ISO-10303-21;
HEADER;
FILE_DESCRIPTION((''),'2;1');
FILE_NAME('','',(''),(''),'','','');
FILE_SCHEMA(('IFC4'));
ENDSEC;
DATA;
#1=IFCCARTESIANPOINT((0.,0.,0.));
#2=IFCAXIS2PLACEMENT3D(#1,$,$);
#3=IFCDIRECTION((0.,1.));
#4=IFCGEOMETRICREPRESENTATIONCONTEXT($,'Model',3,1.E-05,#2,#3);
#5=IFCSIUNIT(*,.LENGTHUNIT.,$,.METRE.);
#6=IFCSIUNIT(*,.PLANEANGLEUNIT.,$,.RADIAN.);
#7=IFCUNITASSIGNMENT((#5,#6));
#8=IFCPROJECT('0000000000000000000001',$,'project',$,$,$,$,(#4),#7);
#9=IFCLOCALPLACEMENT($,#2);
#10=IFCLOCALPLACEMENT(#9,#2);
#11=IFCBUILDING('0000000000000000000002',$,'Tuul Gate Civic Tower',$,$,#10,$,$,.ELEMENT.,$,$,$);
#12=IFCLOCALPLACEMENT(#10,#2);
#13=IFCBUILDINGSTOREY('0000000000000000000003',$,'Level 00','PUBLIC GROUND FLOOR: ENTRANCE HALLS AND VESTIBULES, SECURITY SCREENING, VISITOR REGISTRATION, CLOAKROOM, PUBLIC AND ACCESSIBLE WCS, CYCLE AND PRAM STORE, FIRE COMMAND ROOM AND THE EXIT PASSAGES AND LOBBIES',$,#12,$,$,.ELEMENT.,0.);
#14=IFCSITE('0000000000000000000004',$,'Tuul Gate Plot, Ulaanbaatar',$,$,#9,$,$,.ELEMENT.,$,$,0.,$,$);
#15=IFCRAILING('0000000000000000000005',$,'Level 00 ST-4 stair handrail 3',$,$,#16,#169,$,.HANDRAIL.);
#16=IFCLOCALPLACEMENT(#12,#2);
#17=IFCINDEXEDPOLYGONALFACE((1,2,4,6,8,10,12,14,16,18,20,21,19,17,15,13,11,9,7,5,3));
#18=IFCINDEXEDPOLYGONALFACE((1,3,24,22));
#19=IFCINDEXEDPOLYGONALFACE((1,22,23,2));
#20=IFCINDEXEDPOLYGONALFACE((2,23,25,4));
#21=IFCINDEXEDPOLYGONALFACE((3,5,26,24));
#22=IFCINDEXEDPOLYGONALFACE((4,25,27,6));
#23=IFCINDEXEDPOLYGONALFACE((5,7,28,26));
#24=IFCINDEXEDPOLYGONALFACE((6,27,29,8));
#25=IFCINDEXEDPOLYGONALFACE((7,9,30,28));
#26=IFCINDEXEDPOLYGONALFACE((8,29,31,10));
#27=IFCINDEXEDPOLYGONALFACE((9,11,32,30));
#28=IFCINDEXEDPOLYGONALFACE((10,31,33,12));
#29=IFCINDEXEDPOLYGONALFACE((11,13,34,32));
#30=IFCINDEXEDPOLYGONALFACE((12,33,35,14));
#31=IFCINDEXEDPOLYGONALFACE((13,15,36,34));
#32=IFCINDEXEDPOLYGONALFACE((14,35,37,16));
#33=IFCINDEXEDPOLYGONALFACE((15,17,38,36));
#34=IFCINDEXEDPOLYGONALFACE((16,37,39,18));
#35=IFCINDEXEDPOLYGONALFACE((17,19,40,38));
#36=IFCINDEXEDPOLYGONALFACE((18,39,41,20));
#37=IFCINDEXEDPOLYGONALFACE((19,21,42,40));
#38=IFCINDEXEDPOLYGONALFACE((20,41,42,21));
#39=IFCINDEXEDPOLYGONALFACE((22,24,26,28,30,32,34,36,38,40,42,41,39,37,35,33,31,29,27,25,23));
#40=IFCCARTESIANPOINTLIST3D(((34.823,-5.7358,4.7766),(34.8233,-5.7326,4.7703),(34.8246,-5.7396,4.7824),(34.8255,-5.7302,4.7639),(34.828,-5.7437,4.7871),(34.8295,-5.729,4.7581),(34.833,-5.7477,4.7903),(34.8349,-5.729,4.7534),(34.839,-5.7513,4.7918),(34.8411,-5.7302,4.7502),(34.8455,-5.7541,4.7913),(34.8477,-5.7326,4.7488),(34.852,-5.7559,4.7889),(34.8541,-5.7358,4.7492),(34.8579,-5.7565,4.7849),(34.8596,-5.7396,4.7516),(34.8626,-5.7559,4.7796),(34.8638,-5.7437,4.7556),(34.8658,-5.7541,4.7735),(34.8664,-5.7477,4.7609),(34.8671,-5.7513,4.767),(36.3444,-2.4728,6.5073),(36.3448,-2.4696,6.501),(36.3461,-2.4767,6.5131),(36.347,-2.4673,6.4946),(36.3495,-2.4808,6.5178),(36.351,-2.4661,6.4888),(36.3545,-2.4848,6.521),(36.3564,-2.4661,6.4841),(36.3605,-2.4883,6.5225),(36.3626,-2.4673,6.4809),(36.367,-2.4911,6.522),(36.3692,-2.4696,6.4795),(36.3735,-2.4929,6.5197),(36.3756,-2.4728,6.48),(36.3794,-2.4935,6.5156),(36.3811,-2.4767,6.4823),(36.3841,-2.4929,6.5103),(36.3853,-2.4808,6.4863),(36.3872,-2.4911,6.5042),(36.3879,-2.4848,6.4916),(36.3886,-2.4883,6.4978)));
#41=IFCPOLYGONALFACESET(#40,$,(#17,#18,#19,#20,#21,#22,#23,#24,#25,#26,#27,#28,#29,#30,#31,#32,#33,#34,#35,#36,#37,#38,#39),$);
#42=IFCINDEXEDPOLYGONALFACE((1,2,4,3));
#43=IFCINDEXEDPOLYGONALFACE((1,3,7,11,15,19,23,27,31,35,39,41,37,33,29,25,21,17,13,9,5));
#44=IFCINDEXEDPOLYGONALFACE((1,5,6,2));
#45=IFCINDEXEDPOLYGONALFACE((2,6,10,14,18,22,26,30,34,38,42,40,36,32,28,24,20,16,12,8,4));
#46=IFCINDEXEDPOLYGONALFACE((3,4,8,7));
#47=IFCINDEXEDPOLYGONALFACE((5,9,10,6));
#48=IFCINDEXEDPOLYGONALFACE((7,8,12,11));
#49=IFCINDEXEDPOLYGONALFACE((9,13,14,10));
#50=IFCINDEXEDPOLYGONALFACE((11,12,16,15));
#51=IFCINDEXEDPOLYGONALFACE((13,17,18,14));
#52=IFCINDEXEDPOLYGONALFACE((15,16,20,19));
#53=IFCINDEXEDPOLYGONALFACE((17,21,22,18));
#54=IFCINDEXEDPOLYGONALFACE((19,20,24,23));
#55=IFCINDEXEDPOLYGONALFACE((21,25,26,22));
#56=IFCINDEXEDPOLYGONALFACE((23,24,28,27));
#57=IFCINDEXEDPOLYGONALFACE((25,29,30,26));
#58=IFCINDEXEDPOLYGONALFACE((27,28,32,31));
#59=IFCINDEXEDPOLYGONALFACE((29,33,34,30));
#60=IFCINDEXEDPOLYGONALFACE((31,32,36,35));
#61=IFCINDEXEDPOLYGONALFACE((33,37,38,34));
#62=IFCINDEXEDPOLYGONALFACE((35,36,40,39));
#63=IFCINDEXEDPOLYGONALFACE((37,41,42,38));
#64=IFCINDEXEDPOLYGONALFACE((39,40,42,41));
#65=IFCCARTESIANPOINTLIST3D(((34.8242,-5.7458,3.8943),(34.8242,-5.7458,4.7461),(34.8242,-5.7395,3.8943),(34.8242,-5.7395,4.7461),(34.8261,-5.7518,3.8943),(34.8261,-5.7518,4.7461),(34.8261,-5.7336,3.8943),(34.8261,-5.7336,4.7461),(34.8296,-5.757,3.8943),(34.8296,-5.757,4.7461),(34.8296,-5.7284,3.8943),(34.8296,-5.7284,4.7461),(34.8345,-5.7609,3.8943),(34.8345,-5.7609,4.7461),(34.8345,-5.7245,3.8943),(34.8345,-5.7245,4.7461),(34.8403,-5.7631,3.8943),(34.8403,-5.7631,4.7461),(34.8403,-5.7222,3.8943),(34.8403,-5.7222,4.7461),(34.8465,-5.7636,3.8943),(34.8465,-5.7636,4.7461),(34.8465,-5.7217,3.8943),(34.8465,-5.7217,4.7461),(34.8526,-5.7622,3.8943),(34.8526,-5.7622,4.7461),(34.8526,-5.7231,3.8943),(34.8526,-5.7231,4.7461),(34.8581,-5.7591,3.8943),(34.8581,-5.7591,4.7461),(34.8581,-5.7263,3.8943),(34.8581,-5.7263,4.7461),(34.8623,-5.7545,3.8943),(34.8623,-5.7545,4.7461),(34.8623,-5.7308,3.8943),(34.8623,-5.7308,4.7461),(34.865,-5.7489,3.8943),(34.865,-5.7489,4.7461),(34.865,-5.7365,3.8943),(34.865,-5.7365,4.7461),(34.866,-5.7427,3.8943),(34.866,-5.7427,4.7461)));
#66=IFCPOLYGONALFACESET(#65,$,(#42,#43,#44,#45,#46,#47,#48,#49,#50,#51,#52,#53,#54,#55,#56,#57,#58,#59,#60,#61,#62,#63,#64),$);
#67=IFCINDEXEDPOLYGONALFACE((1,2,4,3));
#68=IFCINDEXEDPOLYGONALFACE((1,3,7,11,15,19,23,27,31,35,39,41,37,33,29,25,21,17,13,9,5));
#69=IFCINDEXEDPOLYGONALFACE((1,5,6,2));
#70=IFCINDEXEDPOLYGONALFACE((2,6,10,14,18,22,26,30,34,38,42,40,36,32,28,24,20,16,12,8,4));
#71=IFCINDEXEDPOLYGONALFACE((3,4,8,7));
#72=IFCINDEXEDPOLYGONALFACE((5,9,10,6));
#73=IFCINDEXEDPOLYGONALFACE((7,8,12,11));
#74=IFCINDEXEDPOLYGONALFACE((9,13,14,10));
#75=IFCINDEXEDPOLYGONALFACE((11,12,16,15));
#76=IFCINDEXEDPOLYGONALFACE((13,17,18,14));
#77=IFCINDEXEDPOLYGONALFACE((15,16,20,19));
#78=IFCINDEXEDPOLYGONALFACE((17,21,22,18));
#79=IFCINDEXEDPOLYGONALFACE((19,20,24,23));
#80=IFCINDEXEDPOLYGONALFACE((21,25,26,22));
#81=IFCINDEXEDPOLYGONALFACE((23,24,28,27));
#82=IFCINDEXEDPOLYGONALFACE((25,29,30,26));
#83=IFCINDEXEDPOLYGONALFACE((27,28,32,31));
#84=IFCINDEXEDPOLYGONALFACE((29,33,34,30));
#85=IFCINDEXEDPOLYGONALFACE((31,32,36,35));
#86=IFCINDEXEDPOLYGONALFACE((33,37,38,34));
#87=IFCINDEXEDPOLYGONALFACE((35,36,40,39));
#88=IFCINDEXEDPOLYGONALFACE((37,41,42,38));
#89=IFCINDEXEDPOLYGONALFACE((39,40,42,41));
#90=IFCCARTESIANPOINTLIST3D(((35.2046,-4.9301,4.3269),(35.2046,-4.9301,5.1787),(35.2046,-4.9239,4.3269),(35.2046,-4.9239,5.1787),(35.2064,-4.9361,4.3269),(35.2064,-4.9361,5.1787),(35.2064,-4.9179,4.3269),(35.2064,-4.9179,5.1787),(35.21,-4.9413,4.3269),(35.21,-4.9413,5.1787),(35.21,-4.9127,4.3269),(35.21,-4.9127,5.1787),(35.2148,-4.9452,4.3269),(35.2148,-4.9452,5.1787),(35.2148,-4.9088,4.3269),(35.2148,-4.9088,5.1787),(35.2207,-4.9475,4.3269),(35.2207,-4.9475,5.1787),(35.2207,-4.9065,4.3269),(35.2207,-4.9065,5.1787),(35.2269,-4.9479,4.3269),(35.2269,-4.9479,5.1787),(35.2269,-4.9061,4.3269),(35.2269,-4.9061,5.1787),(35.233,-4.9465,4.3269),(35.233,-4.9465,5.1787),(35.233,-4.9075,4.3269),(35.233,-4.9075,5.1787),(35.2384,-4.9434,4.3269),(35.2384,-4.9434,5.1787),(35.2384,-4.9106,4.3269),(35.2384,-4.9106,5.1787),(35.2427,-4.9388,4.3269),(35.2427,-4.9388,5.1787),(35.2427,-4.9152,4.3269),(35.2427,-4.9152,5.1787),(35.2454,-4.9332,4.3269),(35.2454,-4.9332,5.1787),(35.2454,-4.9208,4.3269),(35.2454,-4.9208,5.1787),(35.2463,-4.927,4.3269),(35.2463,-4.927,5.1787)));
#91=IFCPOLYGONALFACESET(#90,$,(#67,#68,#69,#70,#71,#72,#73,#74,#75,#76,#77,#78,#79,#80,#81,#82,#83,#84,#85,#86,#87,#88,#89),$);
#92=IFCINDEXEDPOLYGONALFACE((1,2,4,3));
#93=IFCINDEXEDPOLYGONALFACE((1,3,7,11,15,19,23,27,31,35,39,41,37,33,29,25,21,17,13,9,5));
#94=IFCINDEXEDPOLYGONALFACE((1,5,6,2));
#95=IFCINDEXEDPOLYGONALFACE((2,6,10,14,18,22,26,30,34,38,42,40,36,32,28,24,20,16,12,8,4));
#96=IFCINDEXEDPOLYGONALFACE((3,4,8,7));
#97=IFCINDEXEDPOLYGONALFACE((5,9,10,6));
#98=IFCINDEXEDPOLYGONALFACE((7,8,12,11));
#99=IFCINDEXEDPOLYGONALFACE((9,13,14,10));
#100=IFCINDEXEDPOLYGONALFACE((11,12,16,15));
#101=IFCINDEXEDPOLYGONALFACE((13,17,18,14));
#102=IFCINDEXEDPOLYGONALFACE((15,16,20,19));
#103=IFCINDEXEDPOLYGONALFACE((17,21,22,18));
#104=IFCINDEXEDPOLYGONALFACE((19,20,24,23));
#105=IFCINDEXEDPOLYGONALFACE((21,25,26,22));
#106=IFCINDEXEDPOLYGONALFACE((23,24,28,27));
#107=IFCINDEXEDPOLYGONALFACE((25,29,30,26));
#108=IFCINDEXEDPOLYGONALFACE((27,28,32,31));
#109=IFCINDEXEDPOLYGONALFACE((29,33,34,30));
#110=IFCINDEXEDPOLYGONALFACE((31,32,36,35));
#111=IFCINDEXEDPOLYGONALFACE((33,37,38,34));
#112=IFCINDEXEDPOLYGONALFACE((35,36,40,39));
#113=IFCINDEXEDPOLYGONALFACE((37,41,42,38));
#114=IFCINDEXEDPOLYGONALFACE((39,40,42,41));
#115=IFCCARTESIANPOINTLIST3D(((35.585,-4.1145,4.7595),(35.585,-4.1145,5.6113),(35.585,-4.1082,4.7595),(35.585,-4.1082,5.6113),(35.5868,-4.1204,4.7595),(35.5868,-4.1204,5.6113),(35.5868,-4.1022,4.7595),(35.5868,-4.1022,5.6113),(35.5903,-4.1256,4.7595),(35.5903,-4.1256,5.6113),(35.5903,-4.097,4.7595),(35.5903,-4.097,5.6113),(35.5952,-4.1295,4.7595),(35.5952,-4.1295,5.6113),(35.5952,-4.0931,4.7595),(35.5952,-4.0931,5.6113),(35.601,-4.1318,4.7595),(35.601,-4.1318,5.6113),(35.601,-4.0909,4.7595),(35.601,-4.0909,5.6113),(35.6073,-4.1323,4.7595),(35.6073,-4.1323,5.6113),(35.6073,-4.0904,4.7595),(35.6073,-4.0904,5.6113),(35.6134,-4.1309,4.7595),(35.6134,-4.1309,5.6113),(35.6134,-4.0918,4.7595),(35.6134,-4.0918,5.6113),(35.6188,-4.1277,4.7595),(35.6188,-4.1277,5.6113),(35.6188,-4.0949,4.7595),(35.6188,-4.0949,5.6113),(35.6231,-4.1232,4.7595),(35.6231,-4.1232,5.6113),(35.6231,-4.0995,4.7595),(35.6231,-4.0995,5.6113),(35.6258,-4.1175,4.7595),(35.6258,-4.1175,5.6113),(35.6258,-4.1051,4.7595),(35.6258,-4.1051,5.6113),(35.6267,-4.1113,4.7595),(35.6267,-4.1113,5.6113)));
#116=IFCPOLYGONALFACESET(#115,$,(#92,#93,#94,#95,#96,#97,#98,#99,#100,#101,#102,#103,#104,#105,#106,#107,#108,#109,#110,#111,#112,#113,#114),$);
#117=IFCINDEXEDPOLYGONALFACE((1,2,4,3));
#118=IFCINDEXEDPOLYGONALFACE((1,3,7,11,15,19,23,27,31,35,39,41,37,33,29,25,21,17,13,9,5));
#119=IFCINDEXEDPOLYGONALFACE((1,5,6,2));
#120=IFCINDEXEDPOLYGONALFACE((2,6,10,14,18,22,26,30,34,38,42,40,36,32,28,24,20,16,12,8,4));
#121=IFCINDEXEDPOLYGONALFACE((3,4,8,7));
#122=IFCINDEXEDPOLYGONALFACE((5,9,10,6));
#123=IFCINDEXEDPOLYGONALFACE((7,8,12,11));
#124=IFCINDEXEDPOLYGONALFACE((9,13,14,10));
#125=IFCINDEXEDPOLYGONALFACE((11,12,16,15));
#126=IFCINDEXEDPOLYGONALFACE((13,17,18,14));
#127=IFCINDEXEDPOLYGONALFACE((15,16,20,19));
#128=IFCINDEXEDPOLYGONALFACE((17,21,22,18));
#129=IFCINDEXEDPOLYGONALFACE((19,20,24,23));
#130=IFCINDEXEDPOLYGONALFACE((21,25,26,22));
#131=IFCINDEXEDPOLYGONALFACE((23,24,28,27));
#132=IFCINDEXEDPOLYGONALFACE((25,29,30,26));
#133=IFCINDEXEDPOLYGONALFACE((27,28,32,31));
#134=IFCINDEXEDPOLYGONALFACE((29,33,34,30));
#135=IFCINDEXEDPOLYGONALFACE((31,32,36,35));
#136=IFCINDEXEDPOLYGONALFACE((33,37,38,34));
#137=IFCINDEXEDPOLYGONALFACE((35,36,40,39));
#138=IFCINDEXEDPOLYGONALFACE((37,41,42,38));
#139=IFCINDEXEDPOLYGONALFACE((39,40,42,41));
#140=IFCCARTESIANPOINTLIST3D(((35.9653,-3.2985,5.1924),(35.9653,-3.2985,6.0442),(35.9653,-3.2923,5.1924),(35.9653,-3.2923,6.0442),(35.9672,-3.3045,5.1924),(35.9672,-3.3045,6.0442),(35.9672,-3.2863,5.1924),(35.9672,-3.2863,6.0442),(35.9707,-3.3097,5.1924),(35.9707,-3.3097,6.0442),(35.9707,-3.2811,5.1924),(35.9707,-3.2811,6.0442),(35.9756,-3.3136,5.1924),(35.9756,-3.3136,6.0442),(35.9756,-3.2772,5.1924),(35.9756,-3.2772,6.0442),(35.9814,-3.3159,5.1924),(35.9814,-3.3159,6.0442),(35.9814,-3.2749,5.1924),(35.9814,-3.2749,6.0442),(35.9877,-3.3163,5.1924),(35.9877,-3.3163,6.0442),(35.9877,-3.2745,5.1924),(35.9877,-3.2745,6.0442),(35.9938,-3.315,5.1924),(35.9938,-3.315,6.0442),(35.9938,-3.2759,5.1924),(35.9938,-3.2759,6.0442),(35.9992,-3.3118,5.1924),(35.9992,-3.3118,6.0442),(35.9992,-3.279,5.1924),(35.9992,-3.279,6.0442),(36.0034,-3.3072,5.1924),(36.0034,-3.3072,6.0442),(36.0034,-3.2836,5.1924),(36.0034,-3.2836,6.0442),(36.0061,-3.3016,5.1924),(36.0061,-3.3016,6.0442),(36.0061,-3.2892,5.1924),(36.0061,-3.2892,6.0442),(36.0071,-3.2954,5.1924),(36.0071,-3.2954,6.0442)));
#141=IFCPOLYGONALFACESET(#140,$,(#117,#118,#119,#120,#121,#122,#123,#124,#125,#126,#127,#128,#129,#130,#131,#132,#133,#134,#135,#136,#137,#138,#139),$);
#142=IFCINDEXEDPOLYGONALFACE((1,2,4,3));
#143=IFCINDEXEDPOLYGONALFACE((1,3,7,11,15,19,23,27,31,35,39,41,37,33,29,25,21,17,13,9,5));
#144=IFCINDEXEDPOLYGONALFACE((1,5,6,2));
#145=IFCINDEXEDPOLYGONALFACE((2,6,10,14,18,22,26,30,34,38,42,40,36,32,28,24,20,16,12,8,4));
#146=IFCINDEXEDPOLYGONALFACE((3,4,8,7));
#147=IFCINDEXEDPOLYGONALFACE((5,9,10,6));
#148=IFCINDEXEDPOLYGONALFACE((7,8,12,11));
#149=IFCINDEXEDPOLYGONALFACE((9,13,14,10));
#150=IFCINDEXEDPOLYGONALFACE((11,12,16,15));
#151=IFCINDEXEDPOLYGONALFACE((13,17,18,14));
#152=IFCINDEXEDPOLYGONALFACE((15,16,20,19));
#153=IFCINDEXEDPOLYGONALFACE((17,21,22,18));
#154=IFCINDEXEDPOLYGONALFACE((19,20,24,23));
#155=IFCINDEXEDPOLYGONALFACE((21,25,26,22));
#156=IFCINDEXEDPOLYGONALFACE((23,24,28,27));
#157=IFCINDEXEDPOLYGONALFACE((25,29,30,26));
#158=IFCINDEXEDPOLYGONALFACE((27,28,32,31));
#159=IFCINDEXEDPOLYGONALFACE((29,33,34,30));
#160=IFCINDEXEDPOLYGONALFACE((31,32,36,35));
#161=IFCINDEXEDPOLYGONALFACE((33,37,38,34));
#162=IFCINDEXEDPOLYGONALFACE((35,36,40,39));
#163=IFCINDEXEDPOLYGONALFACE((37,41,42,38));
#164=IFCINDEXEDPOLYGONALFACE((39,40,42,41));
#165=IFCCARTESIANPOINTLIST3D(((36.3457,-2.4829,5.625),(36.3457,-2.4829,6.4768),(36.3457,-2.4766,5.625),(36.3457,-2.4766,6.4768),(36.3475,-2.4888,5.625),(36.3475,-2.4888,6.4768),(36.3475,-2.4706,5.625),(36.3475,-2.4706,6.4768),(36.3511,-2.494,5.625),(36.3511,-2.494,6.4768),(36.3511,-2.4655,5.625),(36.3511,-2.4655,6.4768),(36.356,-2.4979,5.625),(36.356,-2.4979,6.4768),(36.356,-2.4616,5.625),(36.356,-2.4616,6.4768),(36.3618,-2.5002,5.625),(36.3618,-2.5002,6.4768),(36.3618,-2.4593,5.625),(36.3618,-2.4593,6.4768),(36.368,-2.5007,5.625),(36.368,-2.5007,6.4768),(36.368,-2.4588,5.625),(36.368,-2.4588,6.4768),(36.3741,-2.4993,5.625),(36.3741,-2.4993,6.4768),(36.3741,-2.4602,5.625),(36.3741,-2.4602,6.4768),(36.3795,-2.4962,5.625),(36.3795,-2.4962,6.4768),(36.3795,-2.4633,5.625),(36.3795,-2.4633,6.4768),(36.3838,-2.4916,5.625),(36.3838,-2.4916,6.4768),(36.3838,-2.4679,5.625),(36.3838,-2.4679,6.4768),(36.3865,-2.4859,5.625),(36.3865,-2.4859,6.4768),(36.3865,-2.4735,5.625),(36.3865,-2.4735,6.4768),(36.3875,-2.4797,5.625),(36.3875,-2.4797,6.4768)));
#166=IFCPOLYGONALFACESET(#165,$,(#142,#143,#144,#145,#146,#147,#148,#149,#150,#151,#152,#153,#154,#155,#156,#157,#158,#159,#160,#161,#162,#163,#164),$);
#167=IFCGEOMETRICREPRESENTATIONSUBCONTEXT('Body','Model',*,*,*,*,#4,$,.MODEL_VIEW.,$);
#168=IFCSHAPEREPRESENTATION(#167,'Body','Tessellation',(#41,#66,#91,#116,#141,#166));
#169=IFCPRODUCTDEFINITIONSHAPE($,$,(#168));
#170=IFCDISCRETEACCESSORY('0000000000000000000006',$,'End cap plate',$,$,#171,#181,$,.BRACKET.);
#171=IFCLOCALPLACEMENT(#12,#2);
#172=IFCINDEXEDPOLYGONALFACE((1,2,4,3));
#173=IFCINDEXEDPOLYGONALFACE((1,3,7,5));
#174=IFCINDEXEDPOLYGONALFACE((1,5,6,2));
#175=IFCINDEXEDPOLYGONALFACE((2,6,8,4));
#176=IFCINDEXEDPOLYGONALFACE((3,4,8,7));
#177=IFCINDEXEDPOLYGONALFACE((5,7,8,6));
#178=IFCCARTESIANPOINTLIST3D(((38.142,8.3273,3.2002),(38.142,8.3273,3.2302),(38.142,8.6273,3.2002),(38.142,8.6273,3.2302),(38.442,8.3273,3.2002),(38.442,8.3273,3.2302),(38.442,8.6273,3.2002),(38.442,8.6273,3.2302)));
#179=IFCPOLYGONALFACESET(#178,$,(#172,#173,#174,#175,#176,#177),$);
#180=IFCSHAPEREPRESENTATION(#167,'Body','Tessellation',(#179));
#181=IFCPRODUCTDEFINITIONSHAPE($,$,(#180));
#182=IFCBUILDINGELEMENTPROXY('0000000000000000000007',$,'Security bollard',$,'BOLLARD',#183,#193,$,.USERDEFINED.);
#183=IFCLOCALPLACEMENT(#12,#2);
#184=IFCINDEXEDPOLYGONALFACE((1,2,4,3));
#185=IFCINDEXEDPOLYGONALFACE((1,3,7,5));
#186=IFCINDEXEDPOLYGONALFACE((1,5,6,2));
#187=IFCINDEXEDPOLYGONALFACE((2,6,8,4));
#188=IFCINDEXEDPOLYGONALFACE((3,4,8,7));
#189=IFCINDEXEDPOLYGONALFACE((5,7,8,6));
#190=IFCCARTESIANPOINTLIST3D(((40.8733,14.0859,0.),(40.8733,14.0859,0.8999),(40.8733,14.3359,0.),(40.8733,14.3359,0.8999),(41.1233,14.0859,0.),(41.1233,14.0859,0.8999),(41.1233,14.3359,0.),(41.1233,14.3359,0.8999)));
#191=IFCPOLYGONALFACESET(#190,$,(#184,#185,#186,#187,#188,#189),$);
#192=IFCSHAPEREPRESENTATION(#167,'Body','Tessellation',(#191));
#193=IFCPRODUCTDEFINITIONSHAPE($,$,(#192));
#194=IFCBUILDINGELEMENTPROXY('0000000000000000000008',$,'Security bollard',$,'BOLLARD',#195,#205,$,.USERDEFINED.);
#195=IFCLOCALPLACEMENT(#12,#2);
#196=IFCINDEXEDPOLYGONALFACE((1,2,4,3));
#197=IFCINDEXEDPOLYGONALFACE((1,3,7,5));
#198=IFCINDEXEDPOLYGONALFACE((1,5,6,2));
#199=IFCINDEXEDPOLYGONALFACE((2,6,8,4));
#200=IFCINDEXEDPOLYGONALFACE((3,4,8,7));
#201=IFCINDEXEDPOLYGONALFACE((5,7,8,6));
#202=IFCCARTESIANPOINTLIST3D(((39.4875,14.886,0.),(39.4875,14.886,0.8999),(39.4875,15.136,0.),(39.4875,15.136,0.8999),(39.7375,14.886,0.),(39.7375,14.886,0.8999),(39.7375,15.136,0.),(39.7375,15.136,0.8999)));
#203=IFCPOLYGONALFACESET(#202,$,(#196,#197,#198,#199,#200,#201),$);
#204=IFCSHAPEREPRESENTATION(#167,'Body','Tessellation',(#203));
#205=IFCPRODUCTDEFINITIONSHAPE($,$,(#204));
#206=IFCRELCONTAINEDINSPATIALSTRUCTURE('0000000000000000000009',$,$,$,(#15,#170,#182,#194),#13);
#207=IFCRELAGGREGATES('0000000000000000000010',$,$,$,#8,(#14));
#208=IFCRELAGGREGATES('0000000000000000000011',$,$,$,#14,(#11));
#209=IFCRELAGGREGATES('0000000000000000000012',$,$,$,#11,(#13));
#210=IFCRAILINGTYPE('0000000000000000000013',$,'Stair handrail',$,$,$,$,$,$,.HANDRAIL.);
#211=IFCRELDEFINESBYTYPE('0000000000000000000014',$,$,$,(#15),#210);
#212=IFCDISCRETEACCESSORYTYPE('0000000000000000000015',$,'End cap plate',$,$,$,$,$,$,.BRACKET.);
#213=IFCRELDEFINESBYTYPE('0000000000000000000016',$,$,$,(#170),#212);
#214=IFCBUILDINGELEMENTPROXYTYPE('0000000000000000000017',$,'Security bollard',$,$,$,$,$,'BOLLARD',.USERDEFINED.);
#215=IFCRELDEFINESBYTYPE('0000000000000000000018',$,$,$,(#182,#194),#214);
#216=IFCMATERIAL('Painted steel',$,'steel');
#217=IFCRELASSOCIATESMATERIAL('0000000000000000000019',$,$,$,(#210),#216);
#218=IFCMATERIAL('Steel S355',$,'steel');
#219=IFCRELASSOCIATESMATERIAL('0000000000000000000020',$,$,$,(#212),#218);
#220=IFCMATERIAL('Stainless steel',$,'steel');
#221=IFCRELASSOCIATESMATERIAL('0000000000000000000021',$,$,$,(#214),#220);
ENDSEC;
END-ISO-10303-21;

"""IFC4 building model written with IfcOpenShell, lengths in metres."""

from ifc_helpers import new_model, si_unit, direction, frame, origin, origin_2d, place, context, subcontext, project, spatial, rectangle, circle, extrude, material, type_object, element, save


model = new_model("IFC4")

# Units and contexts
model_context = context("Model", 3, precision=1e-05, world=origin(), true_north=direction((0.0, 1.0)))
body_context = subcontext(model_context, "Body", "Model", "MODEL_VIEW")
ifc_project = project(units=[si_unit("LENGTHUNIT", "METRE"), si_unit("PLANEANGLEUNIT", "RADIAN")], contexts=[model_context])

# Site, building, storey
site_placement = place(None, origin())
site = spatial("IfcSite", under=ifc_project, at=site_placement, Name="Tuul Gate Plot, Ulaanbaatar", CompositionType="ELEMENT", RefElevation=0.0)
building_placement = place(site_placement, origin())
building = spatial("IfcBuilding", under=site, at=building_placement, Name="Tuul Gate Civic Tower", CompositionType="ELEMENT")
storey_placement = place(building_placement, origin())
storey = spatial("IfcBuildingStorey", under=building, at=storey_placement, Name="Level 00", Description="PUBLIC GROUND FLOOR: ENTRANCE HALLS AND VESTIBULES, SECURITY SCREENING, VISITOR REGISTRATION, CLOAKROOM, PUBLIC AND ACCESSIBLE WCS, CYCLE AND PRAM STORE, FIRE COMMAND ROOM AND THE EXIT PASSAGES AND LOBBIES", CompositionType="ELEMENT", Elevation=0.0)

# Railing
ifc_material_1 = material(Name="Painted steel", Category="steel")
railing_type = type_object("IfcRailingType", Name="Stair handrail", PredefinedType="HANDRAIL", material=ifc_material_1)
for number, where, name in (
    (1, (34.845, -5.7427, 3.8943), "Level 00 ST-4 stair handrail 3"),
):
    element("IfcRailing", number, at=place(storey_placement, frame(where)), inside=storey, type_object=railing_type, Name=name, PredefinedType="HANDRAIL", context=body_context, shape_type="SweptSolid", body=[
        extrude(circle(Radius=0.0239, at=origin_2d()), frame((0.0, 0.0, 0.876), z_axis=(0.380883, 0.816832, 0.43326), x_axis=(-0.906313, 0.422607, 0.0)), (0.0, 0.0, 1.0), 3.9946),
        extrude(circle(Radius=0.021, at=origin_2d()), origin(), (0.0, 0.0, 1.0), 0.8518),
        extrude(circle(Radius=0.021, at=origin_2d()), frame((0.3804, 0.8157, 0.4326)), (0.0, 0.0, 1.0), 0.8518),
        extrude(circle(Radius=0.021, at=origin_2d()), frame((0.7607, 1.6313, 0.8652)), (0.0, 0.0, 1.0), 0.8518),
        extrude(circle(Radius=0.021, at=origin_2d()), frame((1.1411, 2.4473, 1.2981)), (0.0, 0.0, 1.0), 0.8518),
        extrude(circle(Radius=0.021, at=origin_2d()), frame((1.5215, 3.2629, 1.7307)), (0.0, 0.0, 1.0), 0.8518),
    ])

# Discrete accessory
ifc_material_2 = material(Name="Steel S355", Category="steel")
discrete_accessory_type = type_object("IfcDiscreteAccessoryType", Name="End cap plate", PredefinedType="BRACKET", material=ifc_material_2)
discrete_accessory_placement = place(storey_placement, frame((38.292, 8.4773, 3.2002), z_axis=(0.0, 0.0, 1.0), x_axis=(1.0, 0.0, 0.0)))
element("IfcDiscreteAccessory", 2, at=discrete_accessory_placement, inside=storey, type_object=discrete_accessory_type, Name="End cap plate", PredefinedType="BRACKET", context=body_context, shape_type="SweptSolid", body=[
    extrude(rectangle(XDim=0.3, YDim=0.3, at=origin_2d()), origin(), (0.0, 0.0, 1.0), 0.03),
])

# Building element proxies
ifc_material_3 = material(Name="Stainless steel", Category="steel")
building_element_proxy_type = type_object("IfcBuildingElementProxyType", Name="Security bollard", ElementType="BOLLARD", PredefinedType="USERDEFINED", material=ifc_material_3)
for number, where, z_axis, x_axis, name in (
    (3, (40.9983, 14.2109, 0.0), (0.0, 0.0, 1.0), (1.0, 0.0, 0.0), "Security bollard"),
    (4, (39.6125, 15.011, 0.0), (0.0, 0.0, 1.0), (1.0, 0.0, 0.0), "Security bollard"),
):
    element("IfcBuildingElementProxy", number, at=place(storey_placement, frame(where, z_axis=z_axis, x_axis=x_axis)), inside=storey, type_object=building_element_proxy_type, Name=name, ObjectType="BOLLARD", PredefinedType="USERDEFINED", context=body_context, shape_type="SweptSolid", body=[
        extrude(rectangle(XDim=0.25, YDim=0.25, at=origin_2d()), origin(), (0.0, 0.0, 1.0), 0.8999),
    ])

save(model, "model.ifc")
